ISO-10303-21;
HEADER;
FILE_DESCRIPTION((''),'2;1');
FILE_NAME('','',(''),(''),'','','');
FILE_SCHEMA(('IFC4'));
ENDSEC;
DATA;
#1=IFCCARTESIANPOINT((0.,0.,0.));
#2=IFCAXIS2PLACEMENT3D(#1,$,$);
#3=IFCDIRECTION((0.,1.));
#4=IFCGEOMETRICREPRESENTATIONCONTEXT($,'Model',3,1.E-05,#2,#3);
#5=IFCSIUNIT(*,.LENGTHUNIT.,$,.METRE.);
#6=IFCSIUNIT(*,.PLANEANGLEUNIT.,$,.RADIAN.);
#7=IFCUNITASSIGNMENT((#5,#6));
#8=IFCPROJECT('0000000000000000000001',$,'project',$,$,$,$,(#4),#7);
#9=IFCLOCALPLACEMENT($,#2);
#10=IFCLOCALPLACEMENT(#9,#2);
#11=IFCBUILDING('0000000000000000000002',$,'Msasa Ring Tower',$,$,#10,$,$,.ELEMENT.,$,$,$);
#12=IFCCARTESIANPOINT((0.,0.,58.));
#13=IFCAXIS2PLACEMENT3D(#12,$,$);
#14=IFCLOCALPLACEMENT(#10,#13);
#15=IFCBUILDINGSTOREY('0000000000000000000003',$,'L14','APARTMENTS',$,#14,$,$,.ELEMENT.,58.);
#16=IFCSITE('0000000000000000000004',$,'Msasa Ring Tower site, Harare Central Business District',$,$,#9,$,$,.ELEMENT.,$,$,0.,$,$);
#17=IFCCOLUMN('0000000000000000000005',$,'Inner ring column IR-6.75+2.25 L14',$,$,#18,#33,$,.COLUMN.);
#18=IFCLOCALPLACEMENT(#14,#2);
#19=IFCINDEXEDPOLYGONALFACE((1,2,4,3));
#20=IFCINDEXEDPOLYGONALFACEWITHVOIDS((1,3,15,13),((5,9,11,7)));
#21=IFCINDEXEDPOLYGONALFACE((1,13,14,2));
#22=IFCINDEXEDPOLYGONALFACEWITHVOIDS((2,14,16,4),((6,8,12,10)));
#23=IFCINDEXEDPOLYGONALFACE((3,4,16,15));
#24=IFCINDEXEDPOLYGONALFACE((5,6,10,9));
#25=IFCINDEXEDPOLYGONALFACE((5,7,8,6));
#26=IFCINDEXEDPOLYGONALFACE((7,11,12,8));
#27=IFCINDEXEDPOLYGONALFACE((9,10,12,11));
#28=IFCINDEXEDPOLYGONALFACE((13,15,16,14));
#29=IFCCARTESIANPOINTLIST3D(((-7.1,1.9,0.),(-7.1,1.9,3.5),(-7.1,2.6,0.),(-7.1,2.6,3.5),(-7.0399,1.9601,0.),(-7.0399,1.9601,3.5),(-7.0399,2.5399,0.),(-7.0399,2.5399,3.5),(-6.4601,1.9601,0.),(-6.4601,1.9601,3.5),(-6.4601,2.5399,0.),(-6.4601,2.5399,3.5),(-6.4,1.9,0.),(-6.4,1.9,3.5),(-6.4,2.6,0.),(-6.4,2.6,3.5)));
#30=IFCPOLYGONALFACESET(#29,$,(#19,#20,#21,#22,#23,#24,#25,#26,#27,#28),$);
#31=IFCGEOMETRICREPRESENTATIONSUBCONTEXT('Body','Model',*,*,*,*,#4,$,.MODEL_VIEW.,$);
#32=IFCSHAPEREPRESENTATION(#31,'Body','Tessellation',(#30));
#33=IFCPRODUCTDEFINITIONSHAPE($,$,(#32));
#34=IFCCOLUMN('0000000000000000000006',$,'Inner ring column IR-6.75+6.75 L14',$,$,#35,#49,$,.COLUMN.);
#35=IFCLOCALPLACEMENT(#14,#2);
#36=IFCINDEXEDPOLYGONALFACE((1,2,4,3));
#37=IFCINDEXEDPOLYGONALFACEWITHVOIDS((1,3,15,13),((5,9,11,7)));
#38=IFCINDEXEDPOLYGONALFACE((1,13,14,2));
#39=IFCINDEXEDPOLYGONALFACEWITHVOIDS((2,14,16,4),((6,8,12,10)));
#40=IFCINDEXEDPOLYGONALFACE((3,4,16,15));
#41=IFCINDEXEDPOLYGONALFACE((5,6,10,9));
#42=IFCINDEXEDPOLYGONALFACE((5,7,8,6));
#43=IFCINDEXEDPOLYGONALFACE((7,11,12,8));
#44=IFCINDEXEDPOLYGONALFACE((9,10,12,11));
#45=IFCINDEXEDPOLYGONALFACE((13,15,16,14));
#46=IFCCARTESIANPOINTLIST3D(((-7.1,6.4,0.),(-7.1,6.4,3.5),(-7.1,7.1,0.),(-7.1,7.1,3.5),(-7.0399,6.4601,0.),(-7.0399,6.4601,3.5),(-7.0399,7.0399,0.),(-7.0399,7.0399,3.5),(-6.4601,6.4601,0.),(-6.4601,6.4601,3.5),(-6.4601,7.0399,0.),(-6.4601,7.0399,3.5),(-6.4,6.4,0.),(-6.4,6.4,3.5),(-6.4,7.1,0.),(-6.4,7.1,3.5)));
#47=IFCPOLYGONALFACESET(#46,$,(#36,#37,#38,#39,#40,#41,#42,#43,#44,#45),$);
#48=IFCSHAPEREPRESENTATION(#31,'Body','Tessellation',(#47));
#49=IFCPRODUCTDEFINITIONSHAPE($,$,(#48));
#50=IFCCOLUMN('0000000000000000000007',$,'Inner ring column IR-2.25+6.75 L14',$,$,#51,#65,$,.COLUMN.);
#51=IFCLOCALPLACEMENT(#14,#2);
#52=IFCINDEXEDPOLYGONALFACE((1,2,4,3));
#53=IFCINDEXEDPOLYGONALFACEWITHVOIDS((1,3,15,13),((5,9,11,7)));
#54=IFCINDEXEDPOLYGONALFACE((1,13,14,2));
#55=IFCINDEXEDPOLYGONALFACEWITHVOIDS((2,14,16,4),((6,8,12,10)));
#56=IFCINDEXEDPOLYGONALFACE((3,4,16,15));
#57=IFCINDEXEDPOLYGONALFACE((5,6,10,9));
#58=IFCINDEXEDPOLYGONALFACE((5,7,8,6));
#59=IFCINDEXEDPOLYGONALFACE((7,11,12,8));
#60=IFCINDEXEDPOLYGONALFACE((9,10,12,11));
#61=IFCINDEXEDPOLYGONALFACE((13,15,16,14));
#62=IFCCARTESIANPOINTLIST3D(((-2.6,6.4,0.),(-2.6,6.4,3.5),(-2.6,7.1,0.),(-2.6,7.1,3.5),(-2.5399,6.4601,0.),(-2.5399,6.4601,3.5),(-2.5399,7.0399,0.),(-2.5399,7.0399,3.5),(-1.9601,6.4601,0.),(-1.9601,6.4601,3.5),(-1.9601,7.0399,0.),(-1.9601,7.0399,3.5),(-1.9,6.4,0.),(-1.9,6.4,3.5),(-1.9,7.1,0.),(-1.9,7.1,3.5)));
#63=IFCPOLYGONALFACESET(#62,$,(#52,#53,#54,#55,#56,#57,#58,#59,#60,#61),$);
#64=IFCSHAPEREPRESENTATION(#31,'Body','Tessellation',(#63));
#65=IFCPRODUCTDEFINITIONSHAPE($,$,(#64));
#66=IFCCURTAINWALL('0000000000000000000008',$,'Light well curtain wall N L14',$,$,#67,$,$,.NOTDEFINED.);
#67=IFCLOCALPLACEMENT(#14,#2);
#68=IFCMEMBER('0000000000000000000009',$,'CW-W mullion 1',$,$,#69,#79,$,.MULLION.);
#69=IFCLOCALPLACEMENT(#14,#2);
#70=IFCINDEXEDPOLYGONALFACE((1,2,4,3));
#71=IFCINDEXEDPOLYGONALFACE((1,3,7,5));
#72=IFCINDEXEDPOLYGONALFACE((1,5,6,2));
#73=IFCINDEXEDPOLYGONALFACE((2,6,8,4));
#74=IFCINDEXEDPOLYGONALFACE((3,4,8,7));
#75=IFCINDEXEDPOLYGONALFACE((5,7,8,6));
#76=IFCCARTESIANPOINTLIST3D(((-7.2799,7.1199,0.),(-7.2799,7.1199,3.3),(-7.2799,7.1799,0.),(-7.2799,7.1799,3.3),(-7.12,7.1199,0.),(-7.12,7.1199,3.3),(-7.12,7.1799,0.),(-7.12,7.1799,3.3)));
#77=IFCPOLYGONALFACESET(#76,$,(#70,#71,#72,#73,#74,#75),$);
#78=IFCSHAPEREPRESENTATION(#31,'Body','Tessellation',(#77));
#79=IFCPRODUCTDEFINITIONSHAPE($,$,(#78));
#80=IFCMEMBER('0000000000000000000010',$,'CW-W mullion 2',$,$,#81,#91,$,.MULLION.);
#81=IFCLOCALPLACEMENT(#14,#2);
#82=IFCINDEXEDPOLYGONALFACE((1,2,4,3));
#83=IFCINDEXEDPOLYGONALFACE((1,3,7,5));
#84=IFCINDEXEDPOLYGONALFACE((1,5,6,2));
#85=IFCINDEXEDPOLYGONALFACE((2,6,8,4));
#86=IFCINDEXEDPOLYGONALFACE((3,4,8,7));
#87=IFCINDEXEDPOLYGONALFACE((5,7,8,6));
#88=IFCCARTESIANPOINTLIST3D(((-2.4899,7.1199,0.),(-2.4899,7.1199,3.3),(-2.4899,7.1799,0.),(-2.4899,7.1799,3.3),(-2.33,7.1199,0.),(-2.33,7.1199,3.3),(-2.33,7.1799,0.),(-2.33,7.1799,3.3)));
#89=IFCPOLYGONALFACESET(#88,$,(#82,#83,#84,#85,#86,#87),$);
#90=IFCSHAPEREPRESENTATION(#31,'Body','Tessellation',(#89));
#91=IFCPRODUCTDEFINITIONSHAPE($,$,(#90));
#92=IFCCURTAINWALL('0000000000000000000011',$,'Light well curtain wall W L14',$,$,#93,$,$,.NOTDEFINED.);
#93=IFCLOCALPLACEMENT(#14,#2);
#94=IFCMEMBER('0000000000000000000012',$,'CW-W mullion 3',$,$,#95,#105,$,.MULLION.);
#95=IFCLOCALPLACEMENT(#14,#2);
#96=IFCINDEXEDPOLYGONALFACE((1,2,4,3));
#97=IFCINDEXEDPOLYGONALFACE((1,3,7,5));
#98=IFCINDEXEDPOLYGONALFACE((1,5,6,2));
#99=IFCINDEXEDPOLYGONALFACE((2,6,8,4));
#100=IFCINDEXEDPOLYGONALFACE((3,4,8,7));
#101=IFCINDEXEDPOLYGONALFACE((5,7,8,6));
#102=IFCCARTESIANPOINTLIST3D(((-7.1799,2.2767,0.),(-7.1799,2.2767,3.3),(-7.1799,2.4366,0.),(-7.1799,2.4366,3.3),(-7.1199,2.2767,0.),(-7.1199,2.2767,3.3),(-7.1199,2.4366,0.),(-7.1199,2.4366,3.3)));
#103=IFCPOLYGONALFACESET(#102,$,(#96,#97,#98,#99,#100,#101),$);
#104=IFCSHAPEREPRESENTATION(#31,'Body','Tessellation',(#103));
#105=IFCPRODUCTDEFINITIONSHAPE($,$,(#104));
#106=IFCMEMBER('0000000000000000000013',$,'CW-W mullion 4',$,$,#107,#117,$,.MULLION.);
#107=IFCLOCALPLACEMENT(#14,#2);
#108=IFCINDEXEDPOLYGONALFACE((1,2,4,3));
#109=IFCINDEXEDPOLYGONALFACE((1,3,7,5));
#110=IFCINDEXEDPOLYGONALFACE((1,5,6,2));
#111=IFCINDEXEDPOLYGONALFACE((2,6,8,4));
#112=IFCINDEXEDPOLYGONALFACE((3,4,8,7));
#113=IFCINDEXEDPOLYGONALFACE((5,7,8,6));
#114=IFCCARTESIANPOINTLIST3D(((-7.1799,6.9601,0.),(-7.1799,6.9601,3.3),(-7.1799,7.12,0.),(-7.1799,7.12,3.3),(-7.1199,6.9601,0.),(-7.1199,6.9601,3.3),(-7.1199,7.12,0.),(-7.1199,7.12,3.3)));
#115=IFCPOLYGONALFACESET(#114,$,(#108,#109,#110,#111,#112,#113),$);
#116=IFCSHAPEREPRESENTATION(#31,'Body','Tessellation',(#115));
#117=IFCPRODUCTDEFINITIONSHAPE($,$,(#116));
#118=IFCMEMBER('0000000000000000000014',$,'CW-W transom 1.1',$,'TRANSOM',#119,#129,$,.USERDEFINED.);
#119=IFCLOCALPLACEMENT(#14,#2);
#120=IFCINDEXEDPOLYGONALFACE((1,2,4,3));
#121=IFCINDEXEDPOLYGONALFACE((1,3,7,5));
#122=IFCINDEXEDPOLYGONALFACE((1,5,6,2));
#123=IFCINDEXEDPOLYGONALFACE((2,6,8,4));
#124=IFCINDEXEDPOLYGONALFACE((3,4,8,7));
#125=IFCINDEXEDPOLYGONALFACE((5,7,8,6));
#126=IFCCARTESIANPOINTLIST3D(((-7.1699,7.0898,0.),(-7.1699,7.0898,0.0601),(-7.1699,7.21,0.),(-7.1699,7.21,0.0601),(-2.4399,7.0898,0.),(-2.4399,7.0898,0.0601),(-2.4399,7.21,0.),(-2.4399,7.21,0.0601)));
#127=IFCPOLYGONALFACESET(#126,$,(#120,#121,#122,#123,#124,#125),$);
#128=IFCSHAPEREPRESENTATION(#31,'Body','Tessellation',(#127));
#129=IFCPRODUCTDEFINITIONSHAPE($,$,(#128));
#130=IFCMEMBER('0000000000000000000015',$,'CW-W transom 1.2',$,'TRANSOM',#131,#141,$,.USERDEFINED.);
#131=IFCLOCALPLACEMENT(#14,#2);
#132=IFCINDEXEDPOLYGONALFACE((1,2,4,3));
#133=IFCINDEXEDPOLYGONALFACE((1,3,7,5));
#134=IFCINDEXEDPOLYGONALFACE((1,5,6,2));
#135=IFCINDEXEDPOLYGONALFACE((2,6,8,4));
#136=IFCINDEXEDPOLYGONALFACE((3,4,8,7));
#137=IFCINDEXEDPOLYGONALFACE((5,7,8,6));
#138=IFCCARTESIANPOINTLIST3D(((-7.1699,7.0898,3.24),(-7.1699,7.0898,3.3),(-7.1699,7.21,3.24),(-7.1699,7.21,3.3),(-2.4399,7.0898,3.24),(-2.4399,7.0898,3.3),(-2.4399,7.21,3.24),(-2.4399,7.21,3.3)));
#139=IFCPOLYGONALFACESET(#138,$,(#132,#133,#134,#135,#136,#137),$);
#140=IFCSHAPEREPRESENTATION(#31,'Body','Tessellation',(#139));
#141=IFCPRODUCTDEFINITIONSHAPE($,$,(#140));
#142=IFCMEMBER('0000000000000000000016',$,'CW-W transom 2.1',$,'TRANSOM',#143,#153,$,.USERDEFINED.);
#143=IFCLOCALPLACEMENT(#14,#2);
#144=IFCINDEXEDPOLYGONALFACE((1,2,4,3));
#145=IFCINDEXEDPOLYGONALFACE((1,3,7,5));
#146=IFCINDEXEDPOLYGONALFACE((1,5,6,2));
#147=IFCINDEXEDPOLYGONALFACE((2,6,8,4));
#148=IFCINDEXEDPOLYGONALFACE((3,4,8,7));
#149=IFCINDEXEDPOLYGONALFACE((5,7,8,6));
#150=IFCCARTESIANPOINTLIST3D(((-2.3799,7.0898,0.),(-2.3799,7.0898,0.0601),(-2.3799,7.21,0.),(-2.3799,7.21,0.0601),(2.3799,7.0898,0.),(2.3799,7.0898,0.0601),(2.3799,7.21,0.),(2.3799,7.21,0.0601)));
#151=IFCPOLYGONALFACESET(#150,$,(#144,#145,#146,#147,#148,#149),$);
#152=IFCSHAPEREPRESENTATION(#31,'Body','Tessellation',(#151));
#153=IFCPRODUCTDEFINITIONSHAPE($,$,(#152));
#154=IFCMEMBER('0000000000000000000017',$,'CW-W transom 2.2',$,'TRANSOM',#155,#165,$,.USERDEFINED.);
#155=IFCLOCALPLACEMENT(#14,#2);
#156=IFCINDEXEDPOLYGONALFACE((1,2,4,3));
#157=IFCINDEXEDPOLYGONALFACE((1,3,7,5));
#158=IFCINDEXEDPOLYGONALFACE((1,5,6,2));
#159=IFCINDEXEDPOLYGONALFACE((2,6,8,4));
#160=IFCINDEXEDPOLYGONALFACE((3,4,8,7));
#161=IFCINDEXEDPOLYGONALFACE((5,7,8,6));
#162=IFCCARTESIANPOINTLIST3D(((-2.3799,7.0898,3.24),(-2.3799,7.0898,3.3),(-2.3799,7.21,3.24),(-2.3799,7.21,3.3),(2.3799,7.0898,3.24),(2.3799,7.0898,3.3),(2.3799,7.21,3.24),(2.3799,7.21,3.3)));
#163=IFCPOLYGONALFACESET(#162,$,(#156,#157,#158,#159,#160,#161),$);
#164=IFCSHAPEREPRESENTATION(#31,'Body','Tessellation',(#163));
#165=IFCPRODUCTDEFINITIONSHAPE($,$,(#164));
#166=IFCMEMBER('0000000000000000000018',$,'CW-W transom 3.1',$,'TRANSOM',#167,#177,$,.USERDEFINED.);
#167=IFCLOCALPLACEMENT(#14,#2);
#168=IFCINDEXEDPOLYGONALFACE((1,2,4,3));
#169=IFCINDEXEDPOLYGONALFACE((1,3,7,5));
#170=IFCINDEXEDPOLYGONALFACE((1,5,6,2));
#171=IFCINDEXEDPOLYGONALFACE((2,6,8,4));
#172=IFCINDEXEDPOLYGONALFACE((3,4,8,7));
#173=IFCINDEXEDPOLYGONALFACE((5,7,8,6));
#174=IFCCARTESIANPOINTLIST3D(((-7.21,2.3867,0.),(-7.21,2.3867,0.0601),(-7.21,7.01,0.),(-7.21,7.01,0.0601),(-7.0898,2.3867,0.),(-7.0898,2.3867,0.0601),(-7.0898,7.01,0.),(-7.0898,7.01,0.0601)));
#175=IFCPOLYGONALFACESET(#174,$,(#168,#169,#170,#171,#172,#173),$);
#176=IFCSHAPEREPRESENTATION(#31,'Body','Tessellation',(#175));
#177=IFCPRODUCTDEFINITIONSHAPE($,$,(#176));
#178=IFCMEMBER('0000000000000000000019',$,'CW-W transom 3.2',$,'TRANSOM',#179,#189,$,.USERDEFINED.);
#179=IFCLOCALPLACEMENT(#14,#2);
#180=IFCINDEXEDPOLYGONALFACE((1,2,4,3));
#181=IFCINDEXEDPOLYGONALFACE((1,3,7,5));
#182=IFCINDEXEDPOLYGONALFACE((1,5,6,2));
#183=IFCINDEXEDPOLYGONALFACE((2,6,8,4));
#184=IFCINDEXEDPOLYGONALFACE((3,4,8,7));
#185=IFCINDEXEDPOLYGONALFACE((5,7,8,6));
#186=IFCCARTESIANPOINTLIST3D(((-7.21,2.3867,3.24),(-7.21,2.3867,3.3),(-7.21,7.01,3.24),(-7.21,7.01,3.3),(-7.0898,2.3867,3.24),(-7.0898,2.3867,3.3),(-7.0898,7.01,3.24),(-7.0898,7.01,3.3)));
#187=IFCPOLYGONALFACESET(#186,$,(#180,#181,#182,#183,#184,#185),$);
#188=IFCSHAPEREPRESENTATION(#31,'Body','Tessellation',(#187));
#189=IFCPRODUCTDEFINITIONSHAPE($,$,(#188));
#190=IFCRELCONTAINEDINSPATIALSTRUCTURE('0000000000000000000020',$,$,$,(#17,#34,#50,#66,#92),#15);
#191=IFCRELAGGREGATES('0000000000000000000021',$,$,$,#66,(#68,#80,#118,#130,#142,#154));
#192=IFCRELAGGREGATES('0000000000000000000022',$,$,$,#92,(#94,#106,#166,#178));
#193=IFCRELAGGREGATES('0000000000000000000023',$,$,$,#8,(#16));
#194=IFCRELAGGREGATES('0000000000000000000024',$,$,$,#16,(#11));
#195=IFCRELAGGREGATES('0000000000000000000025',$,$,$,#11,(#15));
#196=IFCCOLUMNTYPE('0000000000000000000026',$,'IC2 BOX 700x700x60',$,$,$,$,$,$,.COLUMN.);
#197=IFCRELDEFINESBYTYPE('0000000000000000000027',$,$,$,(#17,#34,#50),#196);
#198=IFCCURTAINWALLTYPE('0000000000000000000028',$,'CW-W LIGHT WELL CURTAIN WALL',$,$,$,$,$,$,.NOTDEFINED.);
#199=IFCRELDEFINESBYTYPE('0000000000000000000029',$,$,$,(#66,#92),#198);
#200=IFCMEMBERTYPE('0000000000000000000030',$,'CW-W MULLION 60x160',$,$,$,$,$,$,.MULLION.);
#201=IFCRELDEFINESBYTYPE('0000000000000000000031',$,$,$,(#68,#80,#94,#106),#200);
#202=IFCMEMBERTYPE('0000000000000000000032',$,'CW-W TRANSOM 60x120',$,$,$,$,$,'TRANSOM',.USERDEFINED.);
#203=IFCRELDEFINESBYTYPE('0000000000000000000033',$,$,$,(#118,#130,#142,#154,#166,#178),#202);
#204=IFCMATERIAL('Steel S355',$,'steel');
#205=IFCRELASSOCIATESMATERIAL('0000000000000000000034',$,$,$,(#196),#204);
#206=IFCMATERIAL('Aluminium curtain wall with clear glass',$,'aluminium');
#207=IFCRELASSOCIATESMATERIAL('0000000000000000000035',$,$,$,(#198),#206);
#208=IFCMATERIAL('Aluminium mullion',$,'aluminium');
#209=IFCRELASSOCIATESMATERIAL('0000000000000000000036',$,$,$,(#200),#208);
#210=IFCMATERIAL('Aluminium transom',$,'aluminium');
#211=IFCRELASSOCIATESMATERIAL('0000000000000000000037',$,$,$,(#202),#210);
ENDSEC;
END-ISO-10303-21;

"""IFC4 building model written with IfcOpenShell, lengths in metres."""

from ifc_helpers import new_model, si_unit, direction, frame, origin, origin_2d, place, context, subcontext, project, spatial, rectangle, hollow_rectangle, extrude, material, material_profile, profile_set, type_object, element, aggregate, save


model = new_model("IFC4")

# Units and contexts
model_context = context("Model", 3, precision=1e-05, world=origin(), true_north=direction((0.0, 1.0)))
body_context = subcontext(model_context, "Body", "Model", "MODEL_VIEW")
ifc_project = project(units=[si_unit("LENGTHUNIT", "METRE"), si_unit("PLANEANGLEUNIT", "RADIAN")], contexts=[model_context])

# Site, building, storey
site_placement = place(None, origin())
site = spatial("IfcSite", under=ifc_project, at=site_placement, Name="Msasa Ring Tower site, Harare Central Business District", CompositionType="ELEMENT", RefElevation=0.0)
building_placement = place(site_placement, origin())
building = spatial("IfcBuilding", under=site, at=building_placement, Name="Msasa Ring Tower", CompositionType="ELEMENT")
storey_placement = place(building_placement, frame((0.0, 0.0, 58.0)))
storey = spatial("IfcBuildingStorey", under=building, at=storey_placement, Name="L14", Description="APARTMENTS", CompositionType="ELEMENT", Elevation=58.0)

# Columns
ifc_material_1 = material(Name="Steel S355", Category="steel")
ifc_material_profile_1 = material_profile(ifc_material_1, hollow_rectangle(XDim=0.7, YDim=0.7, WallThickness=0.0601, at=origin_2d()), Name="BOX 700x700x60")
ifc_profile_set_1 = profile_set([ifc_material_profile_1], Name="Steel S355")
column_type = type_object("IfcColumnType", Name="IC2 BOX 700x700x60", PredefinedType="COLUMN", material=ifc_profile_set_1)
for number, where, z_axis, x_axis, name in (
    (1, (-6.75, 2.25, 0.0), (0.0, 0.0, 1.0), (1.0, 0.0, 0.0), "Inner ring column IR-6.75+2.25 L14"),
    (2, (-6.75, 6.75, 0.0), (0.0, 0.0, 1.0), (1.0, 0.0, 0.0), "Inner ring column IR-6.75+6.75 L14"),
    (3, (-2.25, 6.75, 0.0), (0.0, 0.0, 1.0), (1.0, 0.0, 0.0), "Inner ring column IR-2.25+6.75 L14"),
):
    element("IfcColumn", number, at=place(storey_placement, frame(where, z_axis=z_axis, x_axis=x_axis)), inside=storey, type_object=column_type, Name=name, PredefinedType="COLUMN", context=body_context, shape_type="SweptSolid", body=[
        extrude(hollow_rectangle(XDim=0.7, YDim=0.7, WallThickness=0.0601, at=origin_2d()), origin(), (0.0, 0.0, 1.0), 3.5),
    ])

# Curtain walls, members
ifc_material_2 = material(Name="Aluminium curtain wall with clear glass", Category="aluminium")
curtain_wall_type = type_object("IfcCurtainWallType", Name="CW-W LIGHT WELL CURTAIN WALL", PredefinedType="NOTDEFINED", material=ifc_material_2)
curtain_wall_1_placement = place(storey_placement, origin())
curtain_wall_1 = element("IfcCurtainWall", 4, at=curtain_wall_1_placement, inside=storey, type_object=curtain_wall_type, Name="Light well curtain wall N L14", PredefinedType="NOTDEFINED")
ifc_material_3 = material(Name="Aluminium mullion", Category="aluminium")
ifc_material_profile_2 = material_profile(ifc_material_3, rectangle(XDim=0.0601, YDim=0.1599, at=origin_2d()), Name="AL 60x160")
ifc_profile_set_2 = profile_set([ifc_material_profile_2], Name="Aluminium mullion")
member_type_1 = type_object("IfcMemberType", Name="CW-W MULLION 60x160", PredefinedType="MULLION", material=ifc_profile_set_2)
member_1_placement = place(storey_placement, frame((-7.2, 7.1499, 0.0), z_axis=(0.0, 0.0, 1.0), x_axis=(0.0, 1.0, 0.0)))
member_1 = element("IfcMember", 5, at=member_1_placement, type_object=member_type_1, Name="CW-W mullion 1", PredefinedType="MULLION", context=body_context, shape_type="SweptSolid", body=[
    extrude(rectangle(XDim=0.0601, YDim=0.1599, at=origin_2d()), origin(), (0.0, 0.0, 1.0), 3.3),
])
member_2_placement = place(storey_placement, frame((-2.4099, 7.1499, 0.0), z_axis=(0.0, 0.0, 1.0), x_axis=(0.0, 1.0, 0.0)))
member_2 = element("IfcMember", 6, at=member_2_placement, type_object=member_type_1, Name="CW-W mullion 2", PredefinedType="MULLION", context=body_context, shape_type="SweptSolid", body=[
    extrude(rectangle(XDim=0.0601, YDim=0.1599, at=origin_2d()), origin(), (0.0, 0.0, 1.0), 3.3),
])
curtain_wall_2_placement = place(storey_placement, origin())
curtain_wall_2 = element("IfcCurtainWall", 7, at=curtain_wall_2_placement, inside=storey, type_object=curtain_wall_type, Name="Light well curtain wall W L14", PredefinedType="NOTDEFINED")
member_3_placement = place(storey_placement, frame((-7.1499, 2.3567, 0.0), z_axis=(0.0, 0.0, 1.0), x_axis=(-1.0, 0.0, 0.0)))
member_3 = element("IfcMember", 8, at=member_3_placement, type_object=member_type_1, Name="CW-W mullion 3", PredefinedType="MULLION", context=body_context, shape_type="SweptSolid", body=[
    extrude(rectangle(XDim=0.0601, YDim=0.1599, at=origin_2d()), origin(), (0.0, 0.0, 1.0), 3.3),
])
member_4_placement = place(storey_placement, frame((-7.1499, 7.04, 0.0), z_axis=(0.0, 0.0, 1.0), x_axis=(-1.0, 0.0, 0.0)))
member_4 = element("IfcMember", 9, at=member_4_placement, type_object=member_type_1, Name="CW-W mullion 4", PredefinedType="MULLION", context=body_context, shape_type="SweptSolid", body=[
    extrude(rectangle(XDim=0.0601, YDim=0.1599, at=origin_2d()), origin(), (0.0, 0.0, 1.0), 3.3),
])

# Members
ifc_material_4 = material(Name="Aluminium transom", Category="aluminium")
ifc_material_profile_3 = material_profile(ifc_material_4, rectangle(XDim=0.1201, YDim=0.0601, at=origin_2d()), Name="AL 60x120")
ifc_profile_set_3 = profile_set([ifc_material_profile_3], Name="Aluminium transom")
member_type_2 = type_object("IfcMemberType", Name="CW-W TRANSOM 60x120", ElementType="TRANSOM", PredefinedType="USERDEFINED", material=ifc_profile_set_3)
member_5_placement = place(storey_placement, frame((-7.1699, 7.1499, 0.03), z_axis=(1.0, 0.0, 0.0), x_axis=(0.0, 1.0, 0.0)))
member_5 = element("IfcMember", 10, at=member_5_placement, type_object=member_type_2, Name="CW-W transom 1.1", ObjectType="TRANSOM", PredefinedType="USERDEFINED", context=body_context, shape_type="SweptSolid", body=[
    extrude(rectangle(XDim=0.1201, YDim=0.0601, at=origin_2d()), origin(), (0.0, 0.0, 1.0), 4.73),
])
member_6_placement = place(storey_placement, frame((-7.1699, 7.1499, 3.27), z_axis=(1.0, 0.0, 0.0), x_axis=(0.0, 1.0, 0.0)))
member_6 = element("IfcMember", 11, at=member_6_placement, type_object=member_type_2, Name="CW-W transom 1.2", ObjectType="TRANSOM", PredefinedType="USERDEFINED", context=body_context, shape_type="SweptSolid", body=[
    extrude(rectangle(XDim=0.1201, YDim=0.0601, at=origin_2d()), origin(), (0.0, 0.0, 1.0), 4.73),
])
member_7_placement = place(storey_placement, frame((-2.3799, 7.1499, 0.03), z_axis=(1.0, 0.0, 0.0), x_axis=(0.0, 1.0, 0.0)))
member_7 = element("IfcMember", 12, at=member_7_placement, type_object=member_type_2, Name="CW-W transom 2.1", ObjectType="TRANSOM", PredefinedType="USERDEFINED", context=body_context, shape_type="SweptSolid", body=[
    extrude(rectangle(XDim=0.1201, YDim=0.0601, at=origin_2d()), origin(), (0.0, 0.0, 1.0), 4.7598),
])
member_8_placement = place(storey_placement, frame((-2.3799, 7.1499, 3.27), z_axis=(1.0, 0.0, 0.0), x_axis=(0.0, 1.0, 0.0)))
member_8 = element("IfcMember", 13, at=member_8_placement, type_object=member_type_2, Name="CW-W transom 2.2", ObjectType="TRANSOM", PredefinedType="USERDEFINED", context=body_context, shape_type="SweptSolid", body=[
    extrude(rectangle(XDim=0.1201, YDim=0.0601, at=origin_2d()), origin(), (0.0, 0.0, 1.0), 4.7598),
])
member_9_placement = place(storey_placement, frame((-7.1499, 2.3867, 0.03), z_axis=(0.0, 1.0, 0.0), x_axis=(-1.0, 0.0, 0.0)))
member_9 = element("IfcMember", 14, at=member_9_placement, type_object=member_type_2, Name="CW-W transom 3.1", ObjectType="TRANSOM", PredefinedType="USERDEFINED", context=body_context, shape_type="SweptSolid", body=[
    extrude(rectangle(XDim=0.1201, YDim=0.0601, at=origin_2d()), origin(), (0.0, 0.0, 1.0), 4.6233),
])
member_10_placement = place(storey_placement, frame((-7.1499, 2.3867, 3.27), z_axis=(0.0, 1.0, 0.0), x_axis=(-1.0, 0.0, 0.0)))
member_10 = element("IfcMember", 15, at=member_10_placement, type_object=member_type_2, Name="CW-W transom 3.2", ObjectType="TRANSOM", PredefinedType="USERDEFINED", context=body_context, shape_type="SweptSolid", body=[
    extrude(rectangle(XDim=0.1201, YDim=0.0601, at=origin_2d()), origin(), (0.0, 0.0, 1.0), 4.6233),
])

aggregate(curtain_wall_1, [member_1, member_2, member_5, member_6, member_7, member_8])
aggregate(curtain_wall_2, [member_3, member_4, member_9, member_10])

save(model, "model.ifc")
